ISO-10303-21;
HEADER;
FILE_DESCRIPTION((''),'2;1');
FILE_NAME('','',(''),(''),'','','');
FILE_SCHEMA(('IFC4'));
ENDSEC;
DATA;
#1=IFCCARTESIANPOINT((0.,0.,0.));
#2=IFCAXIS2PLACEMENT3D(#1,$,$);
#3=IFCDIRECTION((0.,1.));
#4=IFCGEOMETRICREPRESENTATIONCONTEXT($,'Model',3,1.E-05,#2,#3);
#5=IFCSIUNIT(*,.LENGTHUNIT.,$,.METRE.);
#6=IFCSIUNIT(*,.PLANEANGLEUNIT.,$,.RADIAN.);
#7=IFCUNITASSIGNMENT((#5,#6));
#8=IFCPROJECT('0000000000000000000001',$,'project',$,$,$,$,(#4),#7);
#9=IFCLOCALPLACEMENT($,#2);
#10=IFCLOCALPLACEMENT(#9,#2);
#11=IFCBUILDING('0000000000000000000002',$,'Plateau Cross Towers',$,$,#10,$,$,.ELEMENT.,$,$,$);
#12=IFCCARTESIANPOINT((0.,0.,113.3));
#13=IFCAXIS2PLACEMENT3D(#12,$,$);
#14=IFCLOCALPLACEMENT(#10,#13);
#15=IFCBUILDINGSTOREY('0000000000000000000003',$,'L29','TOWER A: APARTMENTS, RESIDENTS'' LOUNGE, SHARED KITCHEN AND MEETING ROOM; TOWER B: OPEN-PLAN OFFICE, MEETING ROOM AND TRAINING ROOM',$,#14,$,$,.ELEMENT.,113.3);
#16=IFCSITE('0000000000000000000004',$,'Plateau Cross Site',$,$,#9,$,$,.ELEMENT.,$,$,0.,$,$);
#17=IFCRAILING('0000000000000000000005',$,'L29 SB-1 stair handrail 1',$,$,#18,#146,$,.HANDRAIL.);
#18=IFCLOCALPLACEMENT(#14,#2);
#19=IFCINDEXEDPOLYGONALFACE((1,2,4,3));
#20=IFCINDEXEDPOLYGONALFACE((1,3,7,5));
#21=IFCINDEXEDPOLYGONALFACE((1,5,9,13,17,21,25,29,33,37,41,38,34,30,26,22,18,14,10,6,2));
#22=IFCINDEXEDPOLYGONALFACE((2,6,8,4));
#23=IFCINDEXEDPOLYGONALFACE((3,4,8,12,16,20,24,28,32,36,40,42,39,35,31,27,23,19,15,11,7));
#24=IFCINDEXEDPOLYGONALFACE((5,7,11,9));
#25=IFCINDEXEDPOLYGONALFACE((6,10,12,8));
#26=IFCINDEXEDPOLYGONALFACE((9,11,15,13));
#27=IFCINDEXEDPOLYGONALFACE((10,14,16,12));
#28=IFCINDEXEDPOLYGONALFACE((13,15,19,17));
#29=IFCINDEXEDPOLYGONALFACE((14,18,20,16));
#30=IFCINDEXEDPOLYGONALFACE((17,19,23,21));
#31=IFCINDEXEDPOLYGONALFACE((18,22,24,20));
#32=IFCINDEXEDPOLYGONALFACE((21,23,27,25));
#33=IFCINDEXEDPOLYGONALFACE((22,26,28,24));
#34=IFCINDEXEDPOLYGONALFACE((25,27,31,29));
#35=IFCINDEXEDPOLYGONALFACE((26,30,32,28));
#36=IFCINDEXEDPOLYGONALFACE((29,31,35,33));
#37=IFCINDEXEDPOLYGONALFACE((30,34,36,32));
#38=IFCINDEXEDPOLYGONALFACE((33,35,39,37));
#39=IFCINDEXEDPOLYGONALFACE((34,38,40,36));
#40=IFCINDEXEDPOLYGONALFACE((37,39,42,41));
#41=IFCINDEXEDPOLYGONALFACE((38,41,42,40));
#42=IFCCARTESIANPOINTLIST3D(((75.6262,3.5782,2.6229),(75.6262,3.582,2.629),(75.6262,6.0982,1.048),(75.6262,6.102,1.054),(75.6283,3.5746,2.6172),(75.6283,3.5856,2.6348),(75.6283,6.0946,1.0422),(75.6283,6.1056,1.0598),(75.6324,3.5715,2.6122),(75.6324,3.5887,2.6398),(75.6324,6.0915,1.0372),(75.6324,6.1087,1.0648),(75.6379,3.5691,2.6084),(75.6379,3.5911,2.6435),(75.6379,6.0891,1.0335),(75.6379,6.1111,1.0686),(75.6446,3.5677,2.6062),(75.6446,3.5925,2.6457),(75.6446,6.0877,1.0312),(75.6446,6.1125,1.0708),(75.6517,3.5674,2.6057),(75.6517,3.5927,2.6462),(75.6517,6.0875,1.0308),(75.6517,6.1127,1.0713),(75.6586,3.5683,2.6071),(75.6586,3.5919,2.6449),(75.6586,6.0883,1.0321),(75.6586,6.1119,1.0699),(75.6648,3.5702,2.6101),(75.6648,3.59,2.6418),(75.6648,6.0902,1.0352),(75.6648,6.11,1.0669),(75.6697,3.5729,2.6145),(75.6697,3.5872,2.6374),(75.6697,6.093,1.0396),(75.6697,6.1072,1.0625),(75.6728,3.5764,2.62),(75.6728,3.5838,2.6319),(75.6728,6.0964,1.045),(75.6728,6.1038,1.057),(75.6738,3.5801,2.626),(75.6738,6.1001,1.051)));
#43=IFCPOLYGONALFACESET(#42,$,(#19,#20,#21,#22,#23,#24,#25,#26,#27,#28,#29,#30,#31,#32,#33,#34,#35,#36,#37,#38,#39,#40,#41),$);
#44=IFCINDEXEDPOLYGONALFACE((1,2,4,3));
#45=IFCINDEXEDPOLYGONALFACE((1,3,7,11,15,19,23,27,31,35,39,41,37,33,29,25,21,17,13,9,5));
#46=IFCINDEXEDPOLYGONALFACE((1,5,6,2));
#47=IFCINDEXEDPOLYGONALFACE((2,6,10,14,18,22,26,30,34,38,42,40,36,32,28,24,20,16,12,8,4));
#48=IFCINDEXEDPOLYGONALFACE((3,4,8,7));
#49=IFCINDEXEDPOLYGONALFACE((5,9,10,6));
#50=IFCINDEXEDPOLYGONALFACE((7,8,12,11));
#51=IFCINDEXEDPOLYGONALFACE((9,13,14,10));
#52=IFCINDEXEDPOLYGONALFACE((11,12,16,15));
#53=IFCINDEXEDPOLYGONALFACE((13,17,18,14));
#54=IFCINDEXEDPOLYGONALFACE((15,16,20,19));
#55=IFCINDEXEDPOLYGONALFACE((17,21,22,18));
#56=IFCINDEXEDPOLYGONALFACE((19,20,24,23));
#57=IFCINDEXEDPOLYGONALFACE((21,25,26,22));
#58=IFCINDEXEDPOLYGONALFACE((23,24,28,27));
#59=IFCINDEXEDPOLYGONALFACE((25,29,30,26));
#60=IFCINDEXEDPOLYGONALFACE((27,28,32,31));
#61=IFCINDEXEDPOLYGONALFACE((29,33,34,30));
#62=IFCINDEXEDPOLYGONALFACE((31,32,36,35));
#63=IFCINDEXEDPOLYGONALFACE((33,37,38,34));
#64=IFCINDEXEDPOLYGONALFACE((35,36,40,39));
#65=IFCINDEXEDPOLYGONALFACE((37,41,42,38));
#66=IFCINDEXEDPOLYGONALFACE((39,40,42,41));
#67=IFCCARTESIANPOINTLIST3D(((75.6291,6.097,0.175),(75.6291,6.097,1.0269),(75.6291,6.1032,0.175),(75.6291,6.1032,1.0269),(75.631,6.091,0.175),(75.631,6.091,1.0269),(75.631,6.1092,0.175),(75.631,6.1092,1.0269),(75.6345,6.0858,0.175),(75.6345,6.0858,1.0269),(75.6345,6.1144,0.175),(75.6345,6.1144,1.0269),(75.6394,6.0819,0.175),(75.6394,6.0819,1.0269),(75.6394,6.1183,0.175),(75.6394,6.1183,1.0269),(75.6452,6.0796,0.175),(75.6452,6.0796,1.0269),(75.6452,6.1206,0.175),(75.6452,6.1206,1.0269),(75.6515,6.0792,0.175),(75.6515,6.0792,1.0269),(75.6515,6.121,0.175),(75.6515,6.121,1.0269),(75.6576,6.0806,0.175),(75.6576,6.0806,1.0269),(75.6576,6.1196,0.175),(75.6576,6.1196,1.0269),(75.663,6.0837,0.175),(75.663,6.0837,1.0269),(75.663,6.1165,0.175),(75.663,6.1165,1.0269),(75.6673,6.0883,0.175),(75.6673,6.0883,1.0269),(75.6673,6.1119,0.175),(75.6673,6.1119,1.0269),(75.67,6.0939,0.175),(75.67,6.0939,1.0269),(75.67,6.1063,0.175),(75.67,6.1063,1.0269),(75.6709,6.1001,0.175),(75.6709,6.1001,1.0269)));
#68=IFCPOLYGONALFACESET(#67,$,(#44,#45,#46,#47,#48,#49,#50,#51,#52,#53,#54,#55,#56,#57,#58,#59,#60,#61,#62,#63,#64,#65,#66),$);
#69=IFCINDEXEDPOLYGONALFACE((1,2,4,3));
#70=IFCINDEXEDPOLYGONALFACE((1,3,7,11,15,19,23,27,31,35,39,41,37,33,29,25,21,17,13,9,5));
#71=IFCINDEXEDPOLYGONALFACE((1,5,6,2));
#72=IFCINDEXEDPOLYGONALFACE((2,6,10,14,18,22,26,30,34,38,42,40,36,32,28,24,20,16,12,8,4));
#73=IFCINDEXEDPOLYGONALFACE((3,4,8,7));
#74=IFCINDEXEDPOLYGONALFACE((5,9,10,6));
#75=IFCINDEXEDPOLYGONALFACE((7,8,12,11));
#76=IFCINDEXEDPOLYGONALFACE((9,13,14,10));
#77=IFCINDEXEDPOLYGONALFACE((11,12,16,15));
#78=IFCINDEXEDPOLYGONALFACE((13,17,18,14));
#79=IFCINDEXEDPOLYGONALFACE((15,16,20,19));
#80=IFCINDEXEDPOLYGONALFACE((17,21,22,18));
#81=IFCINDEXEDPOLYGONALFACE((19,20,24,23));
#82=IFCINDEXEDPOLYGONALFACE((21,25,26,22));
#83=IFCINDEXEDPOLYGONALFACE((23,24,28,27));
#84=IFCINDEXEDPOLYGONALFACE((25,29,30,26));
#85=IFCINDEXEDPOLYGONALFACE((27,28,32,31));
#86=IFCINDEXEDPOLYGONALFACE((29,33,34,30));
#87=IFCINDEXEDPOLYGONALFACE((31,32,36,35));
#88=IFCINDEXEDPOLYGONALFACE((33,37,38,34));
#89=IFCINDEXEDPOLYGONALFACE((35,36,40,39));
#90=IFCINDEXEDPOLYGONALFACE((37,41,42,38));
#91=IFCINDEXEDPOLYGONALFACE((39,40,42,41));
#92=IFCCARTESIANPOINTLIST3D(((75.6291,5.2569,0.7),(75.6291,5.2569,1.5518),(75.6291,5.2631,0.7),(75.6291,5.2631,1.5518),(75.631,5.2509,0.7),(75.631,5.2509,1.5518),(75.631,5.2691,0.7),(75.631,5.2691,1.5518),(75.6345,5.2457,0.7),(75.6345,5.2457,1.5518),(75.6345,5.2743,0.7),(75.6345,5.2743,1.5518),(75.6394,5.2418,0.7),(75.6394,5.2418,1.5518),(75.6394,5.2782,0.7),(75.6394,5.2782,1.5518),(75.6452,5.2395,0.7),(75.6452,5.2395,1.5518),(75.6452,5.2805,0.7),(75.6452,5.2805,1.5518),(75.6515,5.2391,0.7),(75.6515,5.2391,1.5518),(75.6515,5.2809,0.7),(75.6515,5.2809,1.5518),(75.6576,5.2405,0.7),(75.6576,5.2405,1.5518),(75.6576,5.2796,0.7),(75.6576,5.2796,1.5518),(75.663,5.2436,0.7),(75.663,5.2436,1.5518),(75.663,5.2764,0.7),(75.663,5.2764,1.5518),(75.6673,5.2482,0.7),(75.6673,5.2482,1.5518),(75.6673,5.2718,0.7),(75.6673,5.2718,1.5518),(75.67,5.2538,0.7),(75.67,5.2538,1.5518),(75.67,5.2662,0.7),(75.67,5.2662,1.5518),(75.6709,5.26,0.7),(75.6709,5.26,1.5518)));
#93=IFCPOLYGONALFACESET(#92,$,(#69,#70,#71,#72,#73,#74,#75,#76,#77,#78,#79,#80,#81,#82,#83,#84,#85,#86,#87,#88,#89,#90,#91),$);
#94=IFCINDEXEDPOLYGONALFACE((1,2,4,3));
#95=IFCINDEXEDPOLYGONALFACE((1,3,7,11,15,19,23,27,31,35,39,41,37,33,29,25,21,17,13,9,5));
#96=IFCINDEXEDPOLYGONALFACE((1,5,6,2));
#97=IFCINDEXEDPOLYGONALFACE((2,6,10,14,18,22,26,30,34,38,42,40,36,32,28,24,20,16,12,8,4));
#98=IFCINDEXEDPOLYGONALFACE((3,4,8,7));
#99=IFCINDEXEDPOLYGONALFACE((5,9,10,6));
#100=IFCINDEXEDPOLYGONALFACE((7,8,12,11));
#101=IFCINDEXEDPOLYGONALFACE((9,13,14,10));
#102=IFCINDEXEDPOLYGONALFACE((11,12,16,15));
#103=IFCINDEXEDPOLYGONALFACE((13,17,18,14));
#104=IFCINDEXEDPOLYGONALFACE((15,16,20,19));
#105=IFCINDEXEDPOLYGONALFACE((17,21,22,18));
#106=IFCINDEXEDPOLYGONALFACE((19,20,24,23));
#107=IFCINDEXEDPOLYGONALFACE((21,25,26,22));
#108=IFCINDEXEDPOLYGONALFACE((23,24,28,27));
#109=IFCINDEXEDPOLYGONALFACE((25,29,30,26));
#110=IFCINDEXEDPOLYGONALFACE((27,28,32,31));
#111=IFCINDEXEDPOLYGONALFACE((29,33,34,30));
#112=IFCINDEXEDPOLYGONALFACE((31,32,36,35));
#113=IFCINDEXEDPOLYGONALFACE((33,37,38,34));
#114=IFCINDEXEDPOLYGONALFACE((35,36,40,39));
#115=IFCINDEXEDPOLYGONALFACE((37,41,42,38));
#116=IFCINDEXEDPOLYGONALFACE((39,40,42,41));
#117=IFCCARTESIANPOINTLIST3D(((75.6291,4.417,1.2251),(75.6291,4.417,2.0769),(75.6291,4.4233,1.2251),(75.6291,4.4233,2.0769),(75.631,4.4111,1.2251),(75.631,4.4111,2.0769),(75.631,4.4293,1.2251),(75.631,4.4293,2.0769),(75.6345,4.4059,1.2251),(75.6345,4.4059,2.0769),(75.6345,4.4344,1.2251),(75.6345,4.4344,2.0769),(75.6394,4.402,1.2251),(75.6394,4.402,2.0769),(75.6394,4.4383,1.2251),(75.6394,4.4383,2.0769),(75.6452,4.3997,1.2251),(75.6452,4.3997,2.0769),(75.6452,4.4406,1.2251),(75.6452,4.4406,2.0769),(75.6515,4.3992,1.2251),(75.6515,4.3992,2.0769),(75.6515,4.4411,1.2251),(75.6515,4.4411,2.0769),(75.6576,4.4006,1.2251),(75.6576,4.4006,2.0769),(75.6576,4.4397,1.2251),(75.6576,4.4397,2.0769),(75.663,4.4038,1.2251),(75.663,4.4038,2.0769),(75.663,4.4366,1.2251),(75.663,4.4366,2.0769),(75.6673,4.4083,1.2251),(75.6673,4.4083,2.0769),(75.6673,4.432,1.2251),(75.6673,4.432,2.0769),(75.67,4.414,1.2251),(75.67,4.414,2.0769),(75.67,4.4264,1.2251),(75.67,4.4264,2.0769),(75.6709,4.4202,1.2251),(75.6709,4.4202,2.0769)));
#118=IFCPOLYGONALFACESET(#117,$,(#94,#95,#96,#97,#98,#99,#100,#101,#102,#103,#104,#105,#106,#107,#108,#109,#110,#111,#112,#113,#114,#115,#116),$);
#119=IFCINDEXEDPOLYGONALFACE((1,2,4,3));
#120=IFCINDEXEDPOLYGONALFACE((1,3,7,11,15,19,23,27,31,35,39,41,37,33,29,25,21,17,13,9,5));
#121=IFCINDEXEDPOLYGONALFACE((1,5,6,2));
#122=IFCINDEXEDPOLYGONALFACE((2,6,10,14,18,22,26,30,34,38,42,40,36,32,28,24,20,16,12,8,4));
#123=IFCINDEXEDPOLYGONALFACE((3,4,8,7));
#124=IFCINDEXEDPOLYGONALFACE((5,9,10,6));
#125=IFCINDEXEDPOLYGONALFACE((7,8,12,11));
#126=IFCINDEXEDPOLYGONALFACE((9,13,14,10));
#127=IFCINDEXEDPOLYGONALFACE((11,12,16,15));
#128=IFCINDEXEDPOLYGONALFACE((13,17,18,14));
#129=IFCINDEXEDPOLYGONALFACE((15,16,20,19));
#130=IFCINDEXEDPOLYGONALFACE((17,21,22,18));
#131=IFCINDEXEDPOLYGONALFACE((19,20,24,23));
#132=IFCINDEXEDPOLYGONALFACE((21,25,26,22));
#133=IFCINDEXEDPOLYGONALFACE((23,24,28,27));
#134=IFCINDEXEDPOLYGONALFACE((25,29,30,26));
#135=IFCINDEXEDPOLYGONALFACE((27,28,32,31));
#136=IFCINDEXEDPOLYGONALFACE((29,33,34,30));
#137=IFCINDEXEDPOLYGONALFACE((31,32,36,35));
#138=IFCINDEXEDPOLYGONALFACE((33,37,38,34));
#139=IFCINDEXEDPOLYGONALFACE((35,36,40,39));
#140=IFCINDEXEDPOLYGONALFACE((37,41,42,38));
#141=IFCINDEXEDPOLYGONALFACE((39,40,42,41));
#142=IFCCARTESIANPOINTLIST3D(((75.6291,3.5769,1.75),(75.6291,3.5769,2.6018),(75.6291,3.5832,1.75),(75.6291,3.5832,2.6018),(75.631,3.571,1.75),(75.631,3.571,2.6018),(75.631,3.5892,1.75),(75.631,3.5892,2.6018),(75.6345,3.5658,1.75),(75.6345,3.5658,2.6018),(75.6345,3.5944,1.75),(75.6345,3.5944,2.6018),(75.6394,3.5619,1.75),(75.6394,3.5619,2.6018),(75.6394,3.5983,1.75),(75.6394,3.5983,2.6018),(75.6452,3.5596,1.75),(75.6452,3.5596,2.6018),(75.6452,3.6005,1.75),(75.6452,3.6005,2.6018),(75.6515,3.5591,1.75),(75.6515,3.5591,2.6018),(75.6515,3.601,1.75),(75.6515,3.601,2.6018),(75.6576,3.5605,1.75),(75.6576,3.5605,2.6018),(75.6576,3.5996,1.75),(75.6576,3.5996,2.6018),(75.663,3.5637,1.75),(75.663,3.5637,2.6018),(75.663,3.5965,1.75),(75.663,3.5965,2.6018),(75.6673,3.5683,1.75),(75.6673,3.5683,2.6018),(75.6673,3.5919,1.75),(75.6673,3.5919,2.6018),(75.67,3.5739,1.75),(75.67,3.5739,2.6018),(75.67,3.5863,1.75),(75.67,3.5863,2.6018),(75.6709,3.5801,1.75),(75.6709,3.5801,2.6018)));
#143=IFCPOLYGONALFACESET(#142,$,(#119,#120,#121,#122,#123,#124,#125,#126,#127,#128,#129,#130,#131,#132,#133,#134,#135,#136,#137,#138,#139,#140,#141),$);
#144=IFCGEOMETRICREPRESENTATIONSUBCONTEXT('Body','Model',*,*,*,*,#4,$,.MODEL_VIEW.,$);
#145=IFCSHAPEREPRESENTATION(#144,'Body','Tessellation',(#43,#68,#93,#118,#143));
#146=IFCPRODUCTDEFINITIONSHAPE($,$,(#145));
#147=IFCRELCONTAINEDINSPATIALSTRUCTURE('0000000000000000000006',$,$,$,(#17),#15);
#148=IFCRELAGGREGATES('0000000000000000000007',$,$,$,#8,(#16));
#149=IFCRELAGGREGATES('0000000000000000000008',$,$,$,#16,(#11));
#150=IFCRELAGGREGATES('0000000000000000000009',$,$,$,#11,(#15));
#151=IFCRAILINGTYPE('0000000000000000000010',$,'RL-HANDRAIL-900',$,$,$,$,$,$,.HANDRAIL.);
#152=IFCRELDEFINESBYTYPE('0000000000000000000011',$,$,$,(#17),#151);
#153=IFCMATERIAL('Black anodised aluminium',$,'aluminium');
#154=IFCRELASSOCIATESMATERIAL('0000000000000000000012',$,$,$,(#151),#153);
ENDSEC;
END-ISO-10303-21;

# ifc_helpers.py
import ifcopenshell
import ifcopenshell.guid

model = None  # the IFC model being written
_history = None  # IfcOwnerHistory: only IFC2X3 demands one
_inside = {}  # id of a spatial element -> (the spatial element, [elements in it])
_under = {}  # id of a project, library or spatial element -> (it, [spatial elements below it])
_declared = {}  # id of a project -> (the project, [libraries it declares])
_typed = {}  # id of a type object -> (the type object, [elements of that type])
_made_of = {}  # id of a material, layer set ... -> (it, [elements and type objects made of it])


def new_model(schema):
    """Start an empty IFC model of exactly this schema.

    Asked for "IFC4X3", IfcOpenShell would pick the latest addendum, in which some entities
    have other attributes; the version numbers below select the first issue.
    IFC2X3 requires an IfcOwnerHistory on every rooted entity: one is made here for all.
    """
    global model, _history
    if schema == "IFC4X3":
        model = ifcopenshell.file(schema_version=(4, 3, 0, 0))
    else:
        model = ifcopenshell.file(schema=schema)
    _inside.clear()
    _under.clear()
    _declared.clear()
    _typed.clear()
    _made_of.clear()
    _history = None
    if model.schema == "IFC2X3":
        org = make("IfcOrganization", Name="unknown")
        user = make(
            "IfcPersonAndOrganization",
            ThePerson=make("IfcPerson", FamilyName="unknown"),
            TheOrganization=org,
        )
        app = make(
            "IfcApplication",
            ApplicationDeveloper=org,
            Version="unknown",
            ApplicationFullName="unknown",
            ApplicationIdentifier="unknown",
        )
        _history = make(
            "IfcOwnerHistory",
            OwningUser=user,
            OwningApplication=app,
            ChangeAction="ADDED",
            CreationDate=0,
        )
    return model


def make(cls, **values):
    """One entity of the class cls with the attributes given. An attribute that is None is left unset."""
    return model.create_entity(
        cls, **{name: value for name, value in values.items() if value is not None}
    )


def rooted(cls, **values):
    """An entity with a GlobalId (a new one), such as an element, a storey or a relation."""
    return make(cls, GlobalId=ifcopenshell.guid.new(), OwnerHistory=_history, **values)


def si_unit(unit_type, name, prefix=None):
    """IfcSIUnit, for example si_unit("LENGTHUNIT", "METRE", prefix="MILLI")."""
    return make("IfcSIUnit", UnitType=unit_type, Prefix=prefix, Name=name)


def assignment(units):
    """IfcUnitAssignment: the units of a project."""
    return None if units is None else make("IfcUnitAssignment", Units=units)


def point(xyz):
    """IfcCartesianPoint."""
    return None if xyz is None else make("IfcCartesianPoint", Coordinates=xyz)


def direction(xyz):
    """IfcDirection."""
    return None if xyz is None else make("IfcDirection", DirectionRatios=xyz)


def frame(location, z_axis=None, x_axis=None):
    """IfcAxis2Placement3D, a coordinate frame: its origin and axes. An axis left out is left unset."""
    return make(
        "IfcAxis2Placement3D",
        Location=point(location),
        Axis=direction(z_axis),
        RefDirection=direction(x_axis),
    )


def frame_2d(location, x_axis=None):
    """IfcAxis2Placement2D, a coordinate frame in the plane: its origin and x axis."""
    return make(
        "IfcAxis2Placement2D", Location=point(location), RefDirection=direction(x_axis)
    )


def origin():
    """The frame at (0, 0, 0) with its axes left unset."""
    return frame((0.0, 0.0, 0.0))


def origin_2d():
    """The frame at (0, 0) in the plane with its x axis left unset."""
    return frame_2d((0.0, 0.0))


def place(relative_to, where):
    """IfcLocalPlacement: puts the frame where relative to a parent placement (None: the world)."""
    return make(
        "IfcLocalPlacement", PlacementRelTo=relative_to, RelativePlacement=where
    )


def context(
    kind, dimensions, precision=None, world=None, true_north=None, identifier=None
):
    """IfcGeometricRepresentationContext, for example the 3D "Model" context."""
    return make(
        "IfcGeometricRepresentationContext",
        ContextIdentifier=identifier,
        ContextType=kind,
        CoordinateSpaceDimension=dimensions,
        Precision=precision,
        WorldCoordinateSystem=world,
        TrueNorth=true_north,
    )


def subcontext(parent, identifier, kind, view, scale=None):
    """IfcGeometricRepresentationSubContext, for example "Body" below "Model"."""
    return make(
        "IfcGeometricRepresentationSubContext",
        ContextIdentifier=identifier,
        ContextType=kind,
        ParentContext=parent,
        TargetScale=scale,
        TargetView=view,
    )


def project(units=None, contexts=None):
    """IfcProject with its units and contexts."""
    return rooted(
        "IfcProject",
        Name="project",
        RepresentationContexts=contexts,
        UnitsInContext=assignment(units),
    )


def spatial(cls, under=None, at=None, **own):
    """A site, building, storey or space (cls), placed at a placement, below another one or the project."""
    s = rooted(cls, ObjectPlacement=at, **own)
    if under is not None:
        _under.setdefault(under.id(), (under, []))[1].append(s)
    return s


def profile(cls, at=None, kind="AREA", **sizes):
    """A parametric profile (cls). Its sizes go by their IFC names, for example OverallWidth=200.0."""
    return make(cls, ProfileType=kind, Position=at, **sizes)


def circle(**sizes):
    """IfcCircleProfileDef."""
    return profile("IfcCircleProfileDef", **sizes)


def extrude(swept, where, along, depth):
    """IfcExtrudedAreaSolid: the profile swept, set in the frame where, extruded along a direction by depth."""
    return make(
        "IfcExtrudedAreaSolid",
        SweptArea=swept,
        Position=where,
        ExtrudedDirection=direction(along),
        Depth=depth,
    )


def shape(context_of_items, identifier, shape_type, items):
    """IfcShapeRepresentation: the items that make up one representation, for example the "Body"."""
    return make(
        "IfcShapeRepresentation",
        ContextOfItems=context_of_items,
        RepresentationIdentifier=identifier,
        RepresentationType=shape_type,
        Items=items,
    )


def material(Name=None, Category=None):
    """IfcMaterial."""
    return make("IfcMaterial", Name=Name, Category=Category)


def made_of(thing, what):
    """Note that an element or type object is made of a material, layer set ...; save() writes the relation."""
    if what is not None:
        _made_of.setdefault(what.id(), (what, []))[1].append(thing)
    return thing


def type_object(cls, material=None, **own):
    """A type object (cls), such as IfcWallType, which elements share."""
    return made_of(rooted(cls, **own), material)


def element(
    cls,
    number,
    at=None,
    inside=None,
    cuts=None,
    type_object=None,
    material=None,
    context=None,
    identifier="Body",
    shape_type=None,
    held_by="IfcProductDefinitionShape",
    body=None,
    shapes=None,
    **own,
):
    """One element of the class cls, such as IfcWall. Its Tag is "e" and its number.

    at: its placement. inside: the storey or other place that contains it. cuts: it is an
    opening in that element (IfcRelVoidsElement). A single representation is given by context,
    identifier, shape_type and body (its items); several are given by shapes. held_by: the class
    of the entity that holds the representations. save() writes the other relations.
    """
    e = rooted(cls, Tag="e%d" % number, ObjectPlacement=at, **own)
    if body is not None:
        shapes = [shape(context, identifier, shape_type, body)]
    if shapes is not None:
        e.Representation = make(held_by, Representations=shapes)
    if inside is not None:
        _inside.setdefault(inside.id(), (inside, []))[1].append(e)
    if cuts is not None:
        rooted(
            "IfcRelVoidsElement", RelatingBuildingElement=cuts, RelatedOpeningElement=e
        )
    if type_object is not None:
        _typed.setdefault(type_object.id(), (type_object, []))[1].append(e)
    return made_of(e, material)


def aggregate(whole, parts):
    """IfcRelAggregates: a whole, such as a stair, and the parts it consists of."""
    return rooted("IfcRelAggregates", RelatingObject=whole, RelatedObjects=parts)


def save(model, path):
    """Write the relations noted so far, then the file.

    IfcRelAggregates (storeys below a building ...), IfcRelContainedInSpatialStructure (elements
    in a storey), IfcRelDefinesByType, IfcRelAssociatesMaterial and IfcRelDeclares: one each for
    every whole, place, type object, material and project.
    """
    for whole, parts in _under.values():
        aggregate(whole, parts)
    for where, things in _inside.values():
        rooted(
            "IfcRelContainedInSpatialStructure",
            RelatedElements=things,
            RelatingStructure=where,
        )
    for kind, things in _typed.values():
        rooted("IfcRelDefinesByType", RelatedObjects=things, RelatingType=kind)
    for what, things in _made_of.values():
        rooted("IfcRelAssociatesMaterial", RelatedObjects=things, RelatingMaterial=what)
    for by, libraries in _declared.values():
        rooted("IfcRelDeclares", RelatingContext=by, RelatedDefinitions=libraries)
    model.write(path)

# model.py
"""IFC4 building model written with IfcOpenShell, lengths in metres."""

from ifc_helpers import new_model, si_unit, direction, frame, origin, origin_2d, place, context, subcontext, project, spatial, circle, extrude, material, type_object, element, save


model = new_model("IFC4")

# Units and contexts
model_context = context("Model", 3, precision=1e-05, world=origin(), true_north=direction((0.0, 1.0)))
body_context = subcontext(model_context, "Body", "Model", "MODEL_VIEW")
ifc_project = project(units=[si_unit("LENGTHUNIT", "METRE"), si_unit("PLANEANGLEUNIT", "RADIAN")], contexts=[model_context])

# Site, building, storey
site_placement = place(None, origin())
site = spatial("IfcSite", under=ifc_project, at=site_placement, Name="Plateau Cross Site", CompositionType="ELEMENT", RefElevation=0.0)
building_placement = place(site_placement, origin())
building = spatial("IfcBuilding", under=site, at=building_placement, Name="Plateau Cross Towers", CompositionType="ELEMENT")
storey_placement = place(building_placement, frame((0.0, 0.0, 113.3)))
storey = spatial("IfcBuildingStorey", under=building, at=storey_placement, Name="L29", Description="TOWER A: APARTMENTS, RESIDENTS' LOUNGE, SHARED KITCHEN AND MEETING ROOM; TOWER B: OPEN-PLAN OFFICE, MEETING ROOM AND TRAINING ROOM", CompositionType="ELEMENT", Elevation=113.3)

# Railing
ifc_material_1 = material(Name="Black anodised aluminium", Category="aluminium")
railing_type_1 = type_object("IfcRailingType", Name="RL-HANDRAIL-900", PredefinedType="HANDRAIL", material=ifc_material_1)
railing_1_placement = place(storey_placement, frame((75.6499, 6.1001, 0.175)))
element("IfcRailing", 1, at=railing_1_placement, inside=storey, type_object=railing_type_1, Name="L29 SB-1 stair handrail 1", PredefinedType="HANDRAIL", context=body_context, shape_type="SweptSolid", body=[
    extrude(circle(Radius=0.0239, at=origin_2d()), frame((0.0, 0.0, 0.876), z_axis=(0.0, -0.848008, 0.529984), x_axis=(1.0, 0.0, 0.0)), (0.0, 0.0, 1.0), 2.9717),
    extrude(circle(Radius=0.021, at=origin_2d()), origin(), (0.0, 0.0, 1.0), 0.8518),
    extrude(circle(Radius=0.021, at=origin_2d()), frame((0.0, -0.8401, 0.5249)), (0.0, 0.0, 1.0), 0.8518),
    extrude(circle(Radius=0.021, at=origin_2d()), frame((0.0, -1.6799, 1.05)), (0.0, 0.0, 1.0), 0.8518),
    extrude(circle(Radius=0.021, at=origin_2d()), frame((0.0, -2.52, 1.575)), (0.0, 0.0, 1.0), 0.8518),
])

save(model, "model.ifc")
